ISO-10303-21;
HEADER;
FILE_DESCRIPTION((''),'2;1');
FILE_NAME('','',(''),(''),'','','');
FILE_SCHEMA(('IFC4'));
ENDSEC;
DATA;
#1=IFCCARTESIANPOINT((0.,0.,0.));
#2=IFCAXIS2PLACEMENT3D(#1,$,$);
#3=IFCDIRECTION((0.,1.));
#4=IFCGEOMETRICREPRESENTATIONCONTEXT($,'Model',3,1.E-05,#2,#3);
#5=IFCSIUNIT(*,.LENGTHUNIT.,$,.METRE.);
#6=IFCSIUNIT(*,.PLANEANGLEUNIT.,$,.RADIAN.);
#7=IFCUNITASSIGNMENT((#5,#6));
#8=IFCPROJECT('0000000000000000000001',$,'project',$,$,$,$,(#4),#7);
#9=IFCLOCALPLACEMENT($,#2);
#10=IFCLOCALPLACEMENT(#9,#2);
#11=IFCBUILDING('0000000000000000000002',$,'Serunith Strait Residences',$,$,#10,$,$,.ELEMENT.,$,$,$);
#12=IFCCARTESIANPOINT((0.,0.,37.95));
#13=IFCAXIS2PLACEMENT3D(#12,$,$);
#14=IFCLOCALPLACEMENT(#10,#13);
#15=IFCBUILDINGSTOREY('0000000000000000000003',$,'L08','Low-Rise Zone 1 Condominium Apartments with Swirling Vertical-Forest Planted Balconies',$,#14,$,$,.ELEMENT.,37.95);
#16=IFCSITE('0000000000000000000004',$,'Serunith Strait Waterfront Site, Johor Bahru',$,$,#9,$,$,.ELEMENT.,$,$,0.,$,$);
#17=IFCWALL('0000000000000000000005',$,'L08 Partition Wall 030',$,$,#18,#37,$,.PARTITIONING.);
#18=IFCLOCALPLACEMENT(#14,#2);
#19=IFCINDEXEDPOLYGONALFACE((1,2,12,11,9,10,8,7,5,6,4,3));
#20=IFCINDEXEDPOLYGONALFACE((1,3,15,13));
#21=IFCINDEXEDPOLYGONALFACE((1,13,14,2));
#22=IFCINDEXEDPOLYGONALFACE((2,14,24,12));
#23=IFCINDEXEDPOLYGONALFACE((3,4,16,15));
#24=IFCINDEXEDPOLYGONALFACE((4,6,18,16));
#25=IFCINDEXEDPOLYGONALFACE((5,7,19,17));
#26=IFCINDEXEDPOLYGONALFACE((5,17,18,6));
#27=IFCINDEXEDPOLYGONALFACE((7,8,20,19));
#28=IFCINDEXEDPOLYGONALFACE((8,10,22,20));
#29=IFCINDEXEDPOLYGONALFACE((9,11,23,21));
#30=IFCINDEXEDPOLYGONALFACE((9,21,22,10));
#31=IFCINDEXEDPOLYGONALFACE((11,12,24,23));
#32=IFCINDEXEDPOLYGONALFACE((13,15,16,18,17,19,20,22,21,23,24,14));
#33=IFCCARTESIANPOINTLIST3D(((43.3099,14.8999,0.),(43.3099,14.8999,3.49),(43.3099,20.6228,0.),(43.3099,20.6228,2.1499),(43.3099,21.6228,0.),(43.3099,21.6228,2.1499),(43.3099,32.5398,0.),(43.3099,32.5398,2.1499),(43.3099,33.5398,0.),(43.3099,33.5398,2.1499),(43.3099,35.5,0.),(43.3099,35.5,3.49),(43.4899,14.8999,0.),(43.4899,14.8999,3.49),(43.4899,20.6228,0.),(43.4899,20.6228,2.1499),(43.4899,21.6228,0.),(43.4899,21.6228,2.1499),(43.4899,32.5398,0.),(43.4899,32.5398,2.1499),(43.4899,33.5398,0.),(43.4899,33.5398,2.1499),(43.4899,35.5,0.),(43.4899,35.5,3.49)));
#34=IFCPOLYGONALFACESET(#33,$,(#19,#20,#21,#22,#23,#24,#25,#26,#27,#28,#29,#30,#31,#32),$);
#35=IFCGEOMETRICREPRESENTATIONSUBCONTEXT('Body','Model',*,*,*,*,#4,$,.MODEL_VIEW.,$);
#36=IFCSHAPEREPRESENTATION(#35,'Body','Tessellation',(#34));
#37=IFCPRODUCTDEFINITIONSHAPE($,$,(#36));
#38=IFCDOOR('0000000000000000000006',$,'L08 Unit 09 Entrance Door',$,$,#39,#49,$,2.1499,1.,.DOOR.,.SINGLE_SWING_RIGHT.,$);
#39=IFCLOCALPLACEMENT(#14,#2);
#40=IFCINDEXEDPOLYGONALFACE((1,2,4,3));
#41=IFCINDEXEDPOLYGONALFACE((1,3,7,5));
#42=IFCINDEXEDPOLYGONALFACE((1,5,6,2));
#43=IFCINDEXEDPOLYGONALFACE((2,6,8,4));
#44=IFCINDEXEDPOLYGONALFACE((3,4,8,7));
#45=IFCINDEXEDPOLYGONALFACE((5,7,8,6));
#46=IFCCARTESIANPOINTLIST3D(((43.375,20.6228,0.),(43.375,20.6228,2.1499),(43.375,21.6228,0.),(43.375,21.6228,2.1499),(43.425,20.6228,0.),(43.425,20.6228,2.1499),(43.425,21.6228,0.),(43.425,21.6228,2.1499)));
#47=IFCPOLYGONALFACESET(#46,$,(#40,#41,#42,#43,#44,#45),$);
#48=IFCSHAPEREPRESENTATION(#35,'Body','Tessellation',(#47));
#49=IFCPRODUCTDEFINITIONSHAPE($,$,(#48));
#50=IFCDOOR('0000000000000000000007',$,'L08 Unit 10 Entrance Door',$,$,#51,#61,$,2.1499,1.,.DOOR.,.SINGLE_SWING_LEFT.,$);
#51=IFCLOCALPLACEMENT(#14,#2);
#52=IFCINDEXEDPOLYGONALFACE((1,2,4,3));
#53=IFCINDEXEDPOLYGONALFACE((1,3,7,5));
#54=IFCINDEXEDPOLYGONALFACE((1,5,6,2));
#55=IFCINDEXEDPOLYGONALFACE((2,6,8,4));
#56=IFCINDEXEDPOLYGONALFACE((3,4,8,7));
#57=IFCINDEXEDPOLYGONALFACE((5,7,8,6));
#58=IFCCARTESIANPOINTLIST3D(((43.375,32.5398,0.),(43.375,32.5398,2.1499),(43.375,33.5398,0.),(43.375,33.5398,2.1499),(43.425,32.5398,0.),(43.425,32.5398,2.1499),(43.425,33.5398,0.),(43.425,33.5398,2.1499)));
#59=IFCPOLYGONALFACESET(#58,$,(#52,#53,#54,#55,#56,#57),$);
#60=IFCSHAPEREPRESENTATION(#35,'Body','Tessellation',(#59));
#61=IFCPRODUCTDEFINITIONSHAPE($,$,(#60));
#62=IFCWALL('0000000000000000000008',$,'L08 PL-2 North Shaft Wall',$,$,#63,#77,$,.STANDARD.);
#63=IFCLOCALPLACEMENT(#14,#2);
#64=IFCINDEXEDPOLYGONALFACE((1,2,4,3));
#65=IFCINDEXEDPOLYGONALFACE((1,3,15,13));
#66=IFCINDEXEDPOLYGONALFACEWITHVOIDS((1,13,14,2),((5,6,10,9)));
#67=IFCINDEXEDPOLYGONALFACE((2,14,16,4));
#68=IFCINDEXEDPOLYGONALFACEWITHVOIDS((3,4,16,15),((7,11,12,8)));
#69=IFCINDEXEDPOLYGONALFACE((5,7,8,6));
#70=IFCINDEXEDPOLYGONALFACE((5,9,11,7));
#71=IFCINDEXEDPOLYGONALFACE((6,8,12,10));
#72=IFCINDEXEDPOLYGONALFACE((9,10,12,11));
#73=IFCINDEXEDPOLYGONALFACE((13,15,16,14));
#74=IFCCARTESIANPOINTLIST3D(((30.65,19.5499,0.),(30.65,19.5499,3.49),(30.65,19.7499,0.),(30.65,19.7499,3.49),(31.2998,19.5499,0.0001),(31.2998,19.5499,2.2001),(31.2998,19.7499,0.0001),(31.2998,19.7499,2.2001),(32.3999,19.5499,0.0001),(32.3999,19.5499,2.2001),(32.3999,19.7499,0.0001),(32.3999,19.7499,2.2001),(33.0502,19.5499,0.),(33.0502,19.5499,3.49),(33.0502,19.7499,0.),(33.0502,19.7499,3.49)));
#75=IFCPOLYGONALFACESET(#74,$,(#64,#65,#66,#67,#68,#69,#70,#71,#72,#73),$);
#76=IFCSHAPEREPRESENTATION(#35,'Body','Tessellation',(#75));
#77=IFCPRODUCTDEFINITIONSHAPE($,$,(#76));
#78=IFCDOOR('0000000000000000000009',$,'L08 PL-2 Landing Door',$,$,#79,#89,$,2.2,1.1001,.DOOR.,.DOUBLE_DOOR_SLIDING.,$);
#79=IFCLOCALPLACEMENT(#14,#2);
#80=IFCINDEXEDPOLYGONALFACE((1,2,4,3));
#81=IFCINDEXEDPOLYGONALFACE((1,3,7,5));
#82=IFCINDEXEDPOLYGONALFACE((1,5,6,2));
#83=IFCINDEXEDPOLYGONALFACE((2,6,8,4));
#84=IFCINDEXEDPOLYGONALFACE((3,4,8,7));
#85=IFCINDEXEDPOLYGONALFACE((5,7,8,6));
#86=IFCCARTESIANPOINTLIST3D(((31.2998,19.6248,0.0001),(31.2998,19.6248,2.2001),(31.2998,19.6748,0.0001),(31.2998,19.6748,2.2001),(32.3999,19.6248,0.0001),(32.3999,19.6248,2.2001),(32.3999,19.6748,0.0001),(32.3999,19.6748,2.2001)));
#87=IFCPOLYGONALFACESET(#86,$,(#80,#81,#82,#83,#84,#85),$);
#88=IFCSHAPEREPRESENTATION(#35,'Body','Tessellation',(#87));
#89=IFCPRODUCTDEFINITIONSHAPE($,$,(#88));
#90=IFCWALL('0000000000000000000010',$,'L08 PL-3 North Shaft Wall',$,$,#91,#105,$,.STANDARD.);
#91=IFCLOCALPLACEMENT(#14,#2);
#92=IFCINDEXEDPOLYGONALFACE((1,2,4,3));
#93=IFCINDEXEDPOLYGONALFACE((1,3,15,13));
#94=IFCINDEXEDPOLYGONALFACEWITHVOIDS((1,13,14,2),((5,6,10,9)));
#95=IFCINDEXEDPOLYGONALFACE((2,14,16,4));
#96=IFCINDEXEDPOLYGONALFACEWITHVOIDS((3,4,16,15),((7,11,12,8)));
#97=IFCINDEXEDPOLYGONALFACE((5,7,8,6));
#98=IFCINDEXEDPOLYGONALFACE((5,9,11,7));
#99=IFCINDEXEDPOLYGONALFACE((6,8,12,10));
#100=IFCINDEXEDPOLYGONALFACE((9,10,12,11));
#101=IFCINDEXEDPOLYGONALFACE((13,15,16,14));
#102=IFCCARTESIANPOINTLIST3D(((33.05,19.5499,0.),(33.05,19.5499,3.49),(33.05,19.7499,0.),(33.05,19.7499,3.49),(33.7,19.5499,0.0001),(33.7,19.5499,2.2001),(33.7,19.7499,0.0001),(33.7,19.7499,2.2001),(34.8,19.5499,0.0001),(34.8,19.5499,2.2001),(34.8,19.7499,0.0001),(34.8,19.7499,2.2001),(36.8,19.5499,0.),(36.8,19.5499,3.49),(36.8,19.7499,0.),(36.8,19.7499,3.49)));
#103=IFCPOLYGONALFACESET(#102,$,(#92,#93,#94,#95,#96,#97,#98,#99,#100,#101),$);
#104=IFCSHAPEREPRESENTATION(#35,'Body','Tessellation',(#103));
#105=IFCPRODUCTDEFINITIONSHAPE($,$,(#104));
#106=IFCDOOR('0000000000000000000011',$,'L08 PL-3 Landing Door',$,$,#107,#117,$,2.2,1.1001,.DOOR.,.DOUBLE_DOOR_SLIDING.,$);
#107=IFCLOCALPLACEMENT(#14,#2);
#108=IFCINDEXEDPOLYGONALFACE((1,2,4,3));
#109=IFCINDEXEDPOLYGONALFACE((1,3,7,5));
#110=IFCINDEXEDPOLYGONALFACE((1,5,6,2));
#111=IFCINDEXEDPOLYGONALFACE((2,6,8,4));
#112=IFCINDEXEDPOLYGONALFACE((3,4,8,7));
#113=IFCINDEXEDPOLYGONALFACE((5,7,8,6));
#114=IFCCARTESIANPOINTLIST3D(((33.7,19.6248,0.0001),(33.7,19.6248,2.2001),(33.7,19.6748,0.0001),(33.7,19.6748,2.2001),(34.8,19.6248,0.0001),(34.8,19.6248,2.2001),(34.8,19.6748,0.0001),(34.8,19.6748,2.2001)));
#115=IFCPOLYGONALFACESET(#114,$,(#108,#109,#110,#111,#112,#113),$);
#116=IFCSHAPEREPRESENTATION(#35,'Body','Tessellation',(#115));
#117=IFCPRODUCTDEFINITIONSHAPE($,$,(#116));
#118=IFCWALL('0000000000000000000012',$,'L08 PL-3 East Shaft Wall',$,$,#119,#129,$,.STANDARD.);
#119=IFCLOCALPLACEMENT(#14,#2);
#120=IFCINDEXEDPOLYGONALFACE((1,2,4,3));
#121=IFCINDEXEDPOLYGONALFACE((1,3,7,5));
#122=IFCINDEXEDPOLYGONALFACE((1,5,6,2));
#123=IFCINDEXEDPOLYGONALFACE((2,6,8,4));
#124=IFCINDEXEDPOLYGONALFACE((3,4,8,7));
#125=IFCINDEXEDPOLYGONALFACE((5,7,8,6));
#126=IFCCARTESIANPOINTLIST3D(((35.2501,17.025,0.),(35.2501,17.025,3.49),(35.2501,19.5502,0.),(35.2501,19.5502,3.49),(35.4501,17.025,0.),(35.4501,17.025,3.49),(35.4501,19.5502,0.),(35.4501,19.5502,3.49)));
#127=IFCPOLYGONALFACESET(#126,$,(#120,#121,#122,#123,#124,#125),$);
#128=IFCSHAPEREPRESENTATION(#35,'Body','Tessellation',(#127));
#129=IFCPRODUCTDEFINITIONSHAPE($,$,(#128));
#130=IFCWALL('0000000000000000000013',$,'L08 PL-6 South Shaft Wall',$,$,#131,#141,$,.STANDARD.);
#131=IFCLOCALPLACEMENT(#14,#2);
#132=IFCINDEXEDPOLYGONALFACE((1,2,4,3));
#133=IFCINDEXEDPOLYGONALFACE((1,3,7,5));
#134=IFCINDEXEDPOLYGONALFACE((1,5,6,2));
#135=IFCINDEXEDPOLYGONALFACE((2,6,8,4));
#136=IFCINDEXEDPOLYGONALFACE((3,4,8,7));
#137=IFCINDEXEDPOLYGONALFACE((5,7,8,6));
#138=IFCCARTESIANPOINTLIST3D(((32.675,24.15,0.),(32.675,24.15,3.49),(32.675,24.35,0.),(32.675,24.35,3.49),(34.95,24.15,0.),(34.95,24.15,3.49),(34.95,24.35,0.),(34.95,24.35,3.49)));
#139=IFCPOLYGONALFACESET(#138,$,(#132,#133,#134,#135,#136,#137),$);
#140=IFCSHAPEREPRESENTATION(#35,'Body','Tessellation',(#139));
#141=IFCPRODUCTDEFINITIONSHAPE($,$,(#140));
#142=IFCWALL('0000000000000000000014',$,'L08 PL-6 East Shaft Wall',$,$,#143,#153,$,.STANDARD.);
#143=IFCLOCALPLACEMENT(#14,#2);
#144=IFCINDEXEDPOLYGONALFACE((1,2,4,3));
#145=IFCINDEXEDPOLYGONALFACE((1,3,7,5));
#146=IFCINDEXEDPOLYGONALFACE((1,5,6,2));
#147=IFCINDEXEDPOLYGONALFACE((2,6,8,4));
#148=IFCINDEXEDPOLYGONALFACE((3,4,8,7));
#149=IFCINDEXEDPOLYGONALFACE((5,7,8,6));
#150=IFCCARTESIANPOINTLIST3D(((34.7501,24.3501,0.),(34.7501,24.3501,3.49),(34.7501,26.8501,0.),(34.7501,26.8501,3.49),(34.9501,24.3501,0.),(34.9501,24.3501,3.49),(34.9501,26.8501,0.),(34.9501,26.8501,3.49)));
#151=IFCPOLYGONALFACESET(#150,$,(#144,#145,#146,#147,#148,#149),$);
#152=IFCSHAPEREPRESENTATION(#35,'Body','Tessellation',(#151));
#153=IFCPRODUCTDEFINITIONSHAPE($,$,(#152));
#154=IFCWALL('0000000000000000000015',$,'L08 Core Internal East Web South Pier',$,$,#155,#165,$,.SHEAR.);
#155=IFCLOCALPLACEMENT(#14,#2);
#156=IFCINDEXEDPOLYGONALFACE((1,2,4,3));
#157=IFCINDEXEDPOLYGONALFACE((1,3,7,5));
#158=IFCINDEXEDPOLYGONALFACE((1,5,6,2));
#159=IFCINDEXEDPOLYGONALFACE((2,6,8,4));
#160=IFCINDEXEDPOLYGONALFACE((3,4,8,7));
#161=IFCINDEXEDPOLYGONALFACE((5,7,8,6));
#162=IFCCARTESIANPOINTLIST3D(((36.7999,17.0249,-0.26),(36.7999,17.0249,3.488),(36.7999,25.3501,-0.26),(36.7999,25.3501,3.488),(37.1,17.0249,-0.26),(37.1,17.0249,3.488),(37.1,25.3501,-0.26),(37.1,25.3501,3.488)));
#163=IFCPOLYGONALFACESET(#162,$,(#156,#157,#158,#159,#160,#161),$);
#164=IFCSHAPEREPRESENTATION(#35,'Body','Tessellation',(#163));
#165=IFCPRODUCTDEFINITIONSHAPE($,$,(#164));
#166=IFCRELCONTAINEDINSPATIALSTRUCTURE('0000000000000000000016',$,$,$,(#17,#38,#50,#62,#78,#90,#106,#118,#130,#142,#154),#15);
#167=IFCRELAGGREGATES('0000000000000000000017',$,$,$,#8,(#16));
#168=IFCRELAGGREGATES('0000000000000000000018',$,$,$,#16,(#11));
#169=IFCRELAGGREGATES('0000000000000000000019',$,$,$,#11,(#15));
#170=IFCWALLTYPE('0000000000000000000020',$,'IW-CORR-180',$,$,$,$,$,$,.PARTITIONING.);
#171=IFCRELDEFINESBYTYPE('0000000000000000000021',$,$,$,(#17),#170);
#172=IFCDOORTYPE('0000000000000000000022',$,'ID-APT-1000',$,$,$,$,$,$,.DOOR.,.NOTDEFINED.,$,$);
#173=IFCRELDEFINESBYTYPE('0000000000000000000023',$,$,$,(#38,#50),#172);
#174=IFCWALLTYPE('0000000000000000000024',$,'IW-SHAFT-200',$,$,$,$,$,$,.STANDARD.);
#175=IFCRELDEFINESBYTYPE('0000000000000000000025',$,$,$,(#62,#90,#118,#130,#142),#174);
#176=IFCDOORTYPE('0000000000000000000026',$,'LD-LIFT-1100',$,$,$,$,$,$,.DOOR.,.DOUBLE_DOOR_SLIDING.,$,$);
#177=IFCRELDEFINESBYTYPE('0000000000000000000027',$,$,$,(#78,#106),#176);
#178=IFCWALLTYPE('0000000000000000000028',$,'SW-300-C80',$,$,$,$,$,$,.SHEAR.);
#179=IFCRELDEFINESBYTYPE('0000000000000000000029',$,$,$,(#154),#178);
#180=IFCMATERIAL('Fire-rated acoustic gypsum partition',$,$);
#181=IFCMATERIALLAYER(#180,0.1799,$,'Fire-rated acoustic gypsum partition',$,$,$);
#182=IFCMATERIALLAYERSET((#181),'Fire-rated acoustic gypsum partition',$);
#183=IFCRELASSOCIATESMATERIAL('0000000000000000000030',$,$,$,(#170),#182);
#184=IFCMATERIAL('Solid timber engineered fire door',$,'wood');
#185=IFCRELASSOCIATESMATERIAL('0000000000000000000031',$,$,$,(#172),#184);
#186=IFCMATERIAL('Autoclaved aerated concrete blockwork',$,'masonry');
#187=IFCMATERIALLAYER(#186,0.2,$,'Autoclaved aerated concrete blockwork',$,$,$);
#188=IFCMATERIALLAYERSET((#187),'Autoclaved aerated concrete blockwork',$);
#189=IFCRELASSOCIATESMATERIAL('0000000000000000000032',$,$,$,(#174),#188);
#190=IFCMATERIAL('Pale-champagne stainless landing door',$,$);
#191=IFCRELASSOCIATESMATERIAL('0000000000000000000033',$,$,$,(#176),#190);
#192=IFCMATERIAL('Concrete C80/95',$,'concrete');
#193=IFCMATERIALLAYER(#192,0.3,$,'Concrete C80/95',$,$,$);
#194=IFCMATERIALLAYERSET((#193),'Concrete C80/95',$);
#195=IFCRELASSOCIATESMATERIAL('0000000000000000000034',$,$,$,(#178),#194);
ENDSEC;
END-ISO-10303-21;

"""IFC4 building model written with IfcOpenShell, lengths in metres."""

from ifc_helpers import new_model, si_unit, direction, frame, frame_2d, origin, place, context, subcontext, project, spatial, rectangle, extrude, source, transform, mapped, material, layer, layer_set, type_object, element, fill, save


model = new_model("IFC4")

# Units and contexts
model_context = context("Model", 3, precision=1e-05, world=origin(), true_north=direction((0.0, 1.0)))
body_context = subcontext(model_context, "Body", "Model", "MODEL_VIEW")
ifc_project = project(units=[si_unit("LENGTHUNIT", "METRE"), si_unit("PLANEANGLEUNIT", "RADIAN")], contexts=[model_context])

# Site, building, storey
site_placement = place(None, origin())
site = spatial("IfcSite", under=ifc_project, at=site_placement, Name="Serunith Strait Waterfront Site, Johor Bahru", CompositionType="ELEMENT", RefElevation=0.0)
building_placement = place(site_placement, origin())
building = spatial("IfcBuilding", under=site, at=building_placement, Name="Serunith Strait Residences", CompositionType="ELEMENT")
storey_placement = place(building_placement, frame((0.0, 0.0, 37.95)))
storey = spatial("IfcBuildingStorey", under=building, at=storey_placement, Name="L08", Description="Low-Rise Zone 1 Condominium Apartments with Swirling Vertical-Forest Planted Balconies", CompositionType="ELEMENT", Elevation=37.95)

# Wall, openings, doors
ifc_material_1 = material(Name="Fire-rated acoustic gypsum partition")
ifc_layer_1 = layer(ifc_material_1, 0.1799, Name="Fire-rated acoustic gypsum partition")
ifc_layer_set_1 = layer_set([ifc_layer_1], Name="Fire-rated acoustic gypsum partition")
wall_type_1 = type_object("IfcWallType", Name="IW-CORR-180", PredefinedType="PARTITIONING", material=ifc_layer_set_1)
wall_1_placement = place(storey_placement, frame((43.3999, 14.8999, 0.0), z_axis=(0.0, 0.0, 1.0), x_axis=(0.0, 1.0, 0.0)))
wall_1 = element("IfcWall", 1, at=wall_1_placement, inside=storey, type_object=wall_type_1, Name="L08 Partition Wall 030", PredefinedType="PARTITIONING", context=body_context, shape_type="SweptSolid", body=[
    extrude(rectangle(XDim=20.6001, YDim=0.1799, at=frame_2d((10.3, 0.0))), origin(), (0.0, 0.0, 1.0), 3.49),
])
opening_1_placement = place(wall_1_placement, frame((5.7229, 0.0, 0.0)))
opening_1 = element("IfcOpeningElement", 2, at=opening_1_placement, cuts=wall_1, PredefinedType="OPENING", context=body_context, shape_type="SweptSolid", body=[
    extrude(rectangle(XDim=1.0, YDim=2.1499, at=frame_2d((0.5, 1.075))), frame((0.0, 0.1001, 0.0), z_axis=(0.0, -1.0, 0.0), x_axis=(1.0, 0.0, 0.0)), (0.0, 0.0, 1.0), 0.2),
])
opening_2_placement = place(wall_1_placement, frame((17.6399, 0.0, 0.0)))
opening_2 = element("IfcOpeningElement", 3, at=opening_2_placement, cuts=wall_1, PredefinedType="OPENING", context=body_context, shape_type="SweptSolid", body=[
    extrude(rectangle(XDim=1.0, YDim=2.1499, at=frame_2d((0.5, 1.075))), frame((0.0, 0.1001, 0.0), z_axis=(0.0, -1.0, 0.0), x_axis=(1.0, 0.0, 0.0)), (0.0, 0.0, 1.0), 0.2),
])
ifc_material_2 = material(Name="Solid timber engineered fire door", Category="wood")
door_type_1 = type_object("IfcDoorType", Name="ID-APT-1000", OperationType="NOTDEFINED", PredefinedType="DOOR", material=ifc_material_2)
shared_shape_1 = source(origin(), body_context, "Body", "SweptSolid", [
    extrude(rectangle(XDim=1.0, YDim=2.1499, at=frame_2d((0.5, 1.075))), frame((0.0, 0.0249, 0.0), z_axis=(0.0, -1.0, 0.0), x_axis=(1.0, 0.0, 0.0)), (0.0, 0.0, 1.0), 0.05),
])
door_1_placement = place(opening_1_placement, origin())
door_1 = element("IfcDoor", 4, at=door_1_placement, inside=storey, type_object=door_type_1, Name="L08 Unit 09 Entrance Door", OperationType="SINGLE_SWING_RIGHT", OverallHeight=2.1499, OverallWidth=1.0, PredefinedType="DOOR", context=body_context, shape_type="MappedRepresentation", body=[
    mapped(shared_shape_1, transform((0.0, 0.0, 0.0), scale=1.0)),
])
fill(opening_1, door_1)
door_2_placement = place(opening_2_placement, origin())
door_2 = element("IfcDoor", 5, at=door_2_placement, inside=storey, type_object=door_type_1, Name="L08 Unit 10 Entrance Door", OperationType="SINGLE_SWING_LEFT", OverallHeight=2.1499, OverallWidth=1.0, PredefinedType="DOOR", context=body_context, shape_type="MappedRepresentation", body=[
    mapped(shared_shape_1, transform((0.0, 0.0, 0.0), scale=1.0)),
])
fill(opening_2, door_2)

# Walls, openings, doors
ifc_material_3 = material(Name="Autoclaved aerated concrete blockwork", Category="masonry")
ifc_layer_2 = layer(ifc_material_3, 0.2, Name="Autoclaved aerated concrete blockwork")
ifc_layer_set_2 = layer_set([ifc_layer_2], Name="Autoclaved aerated concrete blockwork")
wall_type_2 = type_object("IfcWallType", Name="IW-SHAFT-200", PredefinedType="STANDARD", material=ifc_layer_set_2)
wall_2_placement = place(storey_placement, frame((30.6499, 19.6499, 0.0), z_axis=(0.0, 0.0, 1.0), x_axis=(1.0, 0.0, 0.0)))
wall_2 = element("IfcWall", 6, at=wall_2_placement, inside=storey, type_object=wall_type_2, Name="L08 PL-2 North Shaft Wall", PredefinedType="STANDARD", context=body_context, shape_type="SweptSolid", body=[
    extrude(rectangle(XDim=2.4001, YDim=0.2, at=frame_2d((1.2002, 0.0))), origin(), (0.0, 0.0, 1.0), 3.49),
])
opening_3_placement = place(wall_2_placement, frame((0.6499, 0.0, 0.0)))
opening_3 = element("IfcOpeningElement", 7, at=opening_3_placement, cuts=wall_2, PredefinedType="OPENING", context=body_context, shape_type="SweptSolid", body=[
    extrude(rectangle(XDim=1.1001, YDim=2.2, at=frame_2d((0.55, 1.1001))), frame((0.0, 0.1099, 0.0), z_axis=(0.0, -1.0, 0.0), x_axis=(1.0, 0.0, 0.0)), (0.0, 0.0, 1.0), 0.22),
])
ifc_material_4 = material(Name="Pale-champagne stainless landing door")
door_type_2 = type_object("IfcDoorType", Name="LD-LIFT-1100", OperationType="DOUBLE_DOOR_SLIDING", PredefinedType="DOOR", material=ifc_material_4)
shared_shape_2 = source(origin(), body_context, "Body", "SweptSolid", [
    extrude(rectangle(XDim=1.1001, YDim=2.2, at=frame_2d((0.55, 1.1001))), frame((0.0, 0.0249, 0.0), z_axis=(0.0, -1.0, 0.0), x_axis=(1.0, 0.0, 0.0)), (0.0, 0.0, 1.0), 0.05),
])
door_3_placement = place(opening_3_placement, origin())
door_3 = element("IfcDoor", 8, at=door_3_placement, inside=storey, type_object=door_type_2, Name="L08 PL-2 Landing Door", OperationType="DOUBLE_DOOR_SLIDING", OverallHeight=2.2, OverallWidth=1.1001, PredefinedType="DOOR", context=body_context, shape_type="MappedRepresentation", body=[
    mapped(shared_shape_2, transform((0.0, 0.0, 0.0), scale=1.0)),
])
fill(opening_3, door_3)
wall_3_placement = place(storey_placement, frame((33.05, 19.6499, 0.0), z_axis=(0.0, 0.0, 1.0), x_axis=(1.0, 0.0, 0.0)))
wall_3 = element("IfcWall", 9, at=wall_3_placement, inside=storey, type_object=wall_type_2, Name="L08 PL-3 North Shaft Wall", PredefinedType="STANDARD", context=body_context, shape_type="SweptSolid", body=[
    extrude(rectangle(XDim=3.75, YDim=0.2, at=frame_2d((1.875, 0.0))), origin(), (0.0, 0.0, 1.0), 3.49),
])
opening_4_placement = place(wall_3_placement, frame((0.6499, 0.0, 0.0)))
opening_4 = element("IfcOpeningElement", 10, at=opening_4_placement, cuts=wall_3, PredefinedType="OPENING", context=body_context, shape_type="SweptSolid", body=[
    extrude(rectangle(XDim=1.1001, YDim=2.2, at=frame_2d((0.55, 1.1001))), frame((0.0, 0.1099, 0.0), z_axis=(0.0, -1.0, 0.0), x_axis=(1.0, 0.0, 0.0)), (0.0, 0.0, 1.0), 0.22),
])
door_4_placement = place(opening_4_placement, origin())
door_4 = element("IfcDoor", 11, at=door_4_placement, inside=storey, type_object=door_type_2, Name="L08 PL-3 Landing Door", OperationType="DOUBLE_DOOR_SLIDING", OverallHeight=2.2, OverallWidth=1.1001, PredefinedType="DOOR", context=body_context, shape_type="MappedRepresentation", body=[
    mapped(shared_shape_2, transform((0.0, 0.0, 0.0), scale=1.0)),
])
fill(opening_4, door_4)

# Walls
wall_4_placement = place(storey_placement, frame((35.3501, 17.0249, 0.0), z_axis=(0.0, 0.0, 1.0), x_axis=(0.0, 1.0, 0.0)))
element("IfcWall", 12, at=wall_4_placement, inside=storey, type_object=wall_type_2, Name="L08 PL-3 East Shaft Wall", PredefinedType="STANDARD", context=body_context, shape_type="SweptSolid", body=[
    extrude(rectangle(XDim=2.5251, YDim=0.2, at=frame_2d((1.2627, 0.0))), origin(), (0.0, 0.0, 1.0), 3.49),
])
wall_5_placement = place(storey_placement, frame((32.675, 24.25, 0.0), z_axis=(0.0, 0.0, 1.0), x_axis=(1.0, 0.0, 0.0)))
element("IfcWall", 13, at=wall_5_placement, inside=storey, type_object=wall_type_2, Name="L08 PL-6 South Shaft Wall", PredefinedType="STANDARD", context=body_context, shape_type="SweptSolid", body=[
    extrude(rectangle(XDim=2.2749, YDim=0.2, at=frame_2d((1.1375, 0.0))), origin(), (0.0, 0.0, 1.0), 3.49),
])
wall_6_placement = place(storey_placement, frame((34.8501, 24.3501, 0.0), z_axis=(0.0, 0.0, 1.0), x_axis=(0.0, 1.0, 0.0)))
element("IfcWall", 14, at=wall_6_placement, inside=storey, type_object=wall_type_2, Name="L08 PL-6 East Shaft Wall", PredefinedType="STANDARD", context=body_context, shape_type="SweptSolid", body=[
    extrude(rectangle(XDim=2.5, YDim=0.2, at=frame_2d((1.25, 0.0))), origin(), (0.0, 0.0, 1.0), 3.49),
])
ifc_material_5 = material(Name="Concrete C80/95", Category="concrete")
ifc_layer_3 = layer(ifc_material_5, 0.3, Name="Concrete C80/95")
ifc_layer_set_3 = layer_set([ifc_layer_3], Name="Concrete C80/95")
wall_type_3 = type_object("IfcWallType", Name="SW-300-C80", PredefinedType="SHEAR", material=ifc_layer_set_3)
wall_7_placement = place(storey_placement, frame((36.95, 17.0249, -0.26), z_axis=(0.0, 0.0, 1.0), x_axis=(0.0, 1.0, 0.0)))
element("IfcWall", 15, at=wall_7_placement, inside=storey, type_object=wall_type_3, Name="L08 Core Internal East Web South Pier", PredefinedType="SHEAR", context=body_context, shape_type="SweptSolid", body=[
    extrude(rectangle(XDim=8.3252, YDim=0.3, at=frame_2d((4.1626, 0.0))), origin(), (0.0, 0.0, 1.0), 3.748),
])

save(model, "model.ifc")
